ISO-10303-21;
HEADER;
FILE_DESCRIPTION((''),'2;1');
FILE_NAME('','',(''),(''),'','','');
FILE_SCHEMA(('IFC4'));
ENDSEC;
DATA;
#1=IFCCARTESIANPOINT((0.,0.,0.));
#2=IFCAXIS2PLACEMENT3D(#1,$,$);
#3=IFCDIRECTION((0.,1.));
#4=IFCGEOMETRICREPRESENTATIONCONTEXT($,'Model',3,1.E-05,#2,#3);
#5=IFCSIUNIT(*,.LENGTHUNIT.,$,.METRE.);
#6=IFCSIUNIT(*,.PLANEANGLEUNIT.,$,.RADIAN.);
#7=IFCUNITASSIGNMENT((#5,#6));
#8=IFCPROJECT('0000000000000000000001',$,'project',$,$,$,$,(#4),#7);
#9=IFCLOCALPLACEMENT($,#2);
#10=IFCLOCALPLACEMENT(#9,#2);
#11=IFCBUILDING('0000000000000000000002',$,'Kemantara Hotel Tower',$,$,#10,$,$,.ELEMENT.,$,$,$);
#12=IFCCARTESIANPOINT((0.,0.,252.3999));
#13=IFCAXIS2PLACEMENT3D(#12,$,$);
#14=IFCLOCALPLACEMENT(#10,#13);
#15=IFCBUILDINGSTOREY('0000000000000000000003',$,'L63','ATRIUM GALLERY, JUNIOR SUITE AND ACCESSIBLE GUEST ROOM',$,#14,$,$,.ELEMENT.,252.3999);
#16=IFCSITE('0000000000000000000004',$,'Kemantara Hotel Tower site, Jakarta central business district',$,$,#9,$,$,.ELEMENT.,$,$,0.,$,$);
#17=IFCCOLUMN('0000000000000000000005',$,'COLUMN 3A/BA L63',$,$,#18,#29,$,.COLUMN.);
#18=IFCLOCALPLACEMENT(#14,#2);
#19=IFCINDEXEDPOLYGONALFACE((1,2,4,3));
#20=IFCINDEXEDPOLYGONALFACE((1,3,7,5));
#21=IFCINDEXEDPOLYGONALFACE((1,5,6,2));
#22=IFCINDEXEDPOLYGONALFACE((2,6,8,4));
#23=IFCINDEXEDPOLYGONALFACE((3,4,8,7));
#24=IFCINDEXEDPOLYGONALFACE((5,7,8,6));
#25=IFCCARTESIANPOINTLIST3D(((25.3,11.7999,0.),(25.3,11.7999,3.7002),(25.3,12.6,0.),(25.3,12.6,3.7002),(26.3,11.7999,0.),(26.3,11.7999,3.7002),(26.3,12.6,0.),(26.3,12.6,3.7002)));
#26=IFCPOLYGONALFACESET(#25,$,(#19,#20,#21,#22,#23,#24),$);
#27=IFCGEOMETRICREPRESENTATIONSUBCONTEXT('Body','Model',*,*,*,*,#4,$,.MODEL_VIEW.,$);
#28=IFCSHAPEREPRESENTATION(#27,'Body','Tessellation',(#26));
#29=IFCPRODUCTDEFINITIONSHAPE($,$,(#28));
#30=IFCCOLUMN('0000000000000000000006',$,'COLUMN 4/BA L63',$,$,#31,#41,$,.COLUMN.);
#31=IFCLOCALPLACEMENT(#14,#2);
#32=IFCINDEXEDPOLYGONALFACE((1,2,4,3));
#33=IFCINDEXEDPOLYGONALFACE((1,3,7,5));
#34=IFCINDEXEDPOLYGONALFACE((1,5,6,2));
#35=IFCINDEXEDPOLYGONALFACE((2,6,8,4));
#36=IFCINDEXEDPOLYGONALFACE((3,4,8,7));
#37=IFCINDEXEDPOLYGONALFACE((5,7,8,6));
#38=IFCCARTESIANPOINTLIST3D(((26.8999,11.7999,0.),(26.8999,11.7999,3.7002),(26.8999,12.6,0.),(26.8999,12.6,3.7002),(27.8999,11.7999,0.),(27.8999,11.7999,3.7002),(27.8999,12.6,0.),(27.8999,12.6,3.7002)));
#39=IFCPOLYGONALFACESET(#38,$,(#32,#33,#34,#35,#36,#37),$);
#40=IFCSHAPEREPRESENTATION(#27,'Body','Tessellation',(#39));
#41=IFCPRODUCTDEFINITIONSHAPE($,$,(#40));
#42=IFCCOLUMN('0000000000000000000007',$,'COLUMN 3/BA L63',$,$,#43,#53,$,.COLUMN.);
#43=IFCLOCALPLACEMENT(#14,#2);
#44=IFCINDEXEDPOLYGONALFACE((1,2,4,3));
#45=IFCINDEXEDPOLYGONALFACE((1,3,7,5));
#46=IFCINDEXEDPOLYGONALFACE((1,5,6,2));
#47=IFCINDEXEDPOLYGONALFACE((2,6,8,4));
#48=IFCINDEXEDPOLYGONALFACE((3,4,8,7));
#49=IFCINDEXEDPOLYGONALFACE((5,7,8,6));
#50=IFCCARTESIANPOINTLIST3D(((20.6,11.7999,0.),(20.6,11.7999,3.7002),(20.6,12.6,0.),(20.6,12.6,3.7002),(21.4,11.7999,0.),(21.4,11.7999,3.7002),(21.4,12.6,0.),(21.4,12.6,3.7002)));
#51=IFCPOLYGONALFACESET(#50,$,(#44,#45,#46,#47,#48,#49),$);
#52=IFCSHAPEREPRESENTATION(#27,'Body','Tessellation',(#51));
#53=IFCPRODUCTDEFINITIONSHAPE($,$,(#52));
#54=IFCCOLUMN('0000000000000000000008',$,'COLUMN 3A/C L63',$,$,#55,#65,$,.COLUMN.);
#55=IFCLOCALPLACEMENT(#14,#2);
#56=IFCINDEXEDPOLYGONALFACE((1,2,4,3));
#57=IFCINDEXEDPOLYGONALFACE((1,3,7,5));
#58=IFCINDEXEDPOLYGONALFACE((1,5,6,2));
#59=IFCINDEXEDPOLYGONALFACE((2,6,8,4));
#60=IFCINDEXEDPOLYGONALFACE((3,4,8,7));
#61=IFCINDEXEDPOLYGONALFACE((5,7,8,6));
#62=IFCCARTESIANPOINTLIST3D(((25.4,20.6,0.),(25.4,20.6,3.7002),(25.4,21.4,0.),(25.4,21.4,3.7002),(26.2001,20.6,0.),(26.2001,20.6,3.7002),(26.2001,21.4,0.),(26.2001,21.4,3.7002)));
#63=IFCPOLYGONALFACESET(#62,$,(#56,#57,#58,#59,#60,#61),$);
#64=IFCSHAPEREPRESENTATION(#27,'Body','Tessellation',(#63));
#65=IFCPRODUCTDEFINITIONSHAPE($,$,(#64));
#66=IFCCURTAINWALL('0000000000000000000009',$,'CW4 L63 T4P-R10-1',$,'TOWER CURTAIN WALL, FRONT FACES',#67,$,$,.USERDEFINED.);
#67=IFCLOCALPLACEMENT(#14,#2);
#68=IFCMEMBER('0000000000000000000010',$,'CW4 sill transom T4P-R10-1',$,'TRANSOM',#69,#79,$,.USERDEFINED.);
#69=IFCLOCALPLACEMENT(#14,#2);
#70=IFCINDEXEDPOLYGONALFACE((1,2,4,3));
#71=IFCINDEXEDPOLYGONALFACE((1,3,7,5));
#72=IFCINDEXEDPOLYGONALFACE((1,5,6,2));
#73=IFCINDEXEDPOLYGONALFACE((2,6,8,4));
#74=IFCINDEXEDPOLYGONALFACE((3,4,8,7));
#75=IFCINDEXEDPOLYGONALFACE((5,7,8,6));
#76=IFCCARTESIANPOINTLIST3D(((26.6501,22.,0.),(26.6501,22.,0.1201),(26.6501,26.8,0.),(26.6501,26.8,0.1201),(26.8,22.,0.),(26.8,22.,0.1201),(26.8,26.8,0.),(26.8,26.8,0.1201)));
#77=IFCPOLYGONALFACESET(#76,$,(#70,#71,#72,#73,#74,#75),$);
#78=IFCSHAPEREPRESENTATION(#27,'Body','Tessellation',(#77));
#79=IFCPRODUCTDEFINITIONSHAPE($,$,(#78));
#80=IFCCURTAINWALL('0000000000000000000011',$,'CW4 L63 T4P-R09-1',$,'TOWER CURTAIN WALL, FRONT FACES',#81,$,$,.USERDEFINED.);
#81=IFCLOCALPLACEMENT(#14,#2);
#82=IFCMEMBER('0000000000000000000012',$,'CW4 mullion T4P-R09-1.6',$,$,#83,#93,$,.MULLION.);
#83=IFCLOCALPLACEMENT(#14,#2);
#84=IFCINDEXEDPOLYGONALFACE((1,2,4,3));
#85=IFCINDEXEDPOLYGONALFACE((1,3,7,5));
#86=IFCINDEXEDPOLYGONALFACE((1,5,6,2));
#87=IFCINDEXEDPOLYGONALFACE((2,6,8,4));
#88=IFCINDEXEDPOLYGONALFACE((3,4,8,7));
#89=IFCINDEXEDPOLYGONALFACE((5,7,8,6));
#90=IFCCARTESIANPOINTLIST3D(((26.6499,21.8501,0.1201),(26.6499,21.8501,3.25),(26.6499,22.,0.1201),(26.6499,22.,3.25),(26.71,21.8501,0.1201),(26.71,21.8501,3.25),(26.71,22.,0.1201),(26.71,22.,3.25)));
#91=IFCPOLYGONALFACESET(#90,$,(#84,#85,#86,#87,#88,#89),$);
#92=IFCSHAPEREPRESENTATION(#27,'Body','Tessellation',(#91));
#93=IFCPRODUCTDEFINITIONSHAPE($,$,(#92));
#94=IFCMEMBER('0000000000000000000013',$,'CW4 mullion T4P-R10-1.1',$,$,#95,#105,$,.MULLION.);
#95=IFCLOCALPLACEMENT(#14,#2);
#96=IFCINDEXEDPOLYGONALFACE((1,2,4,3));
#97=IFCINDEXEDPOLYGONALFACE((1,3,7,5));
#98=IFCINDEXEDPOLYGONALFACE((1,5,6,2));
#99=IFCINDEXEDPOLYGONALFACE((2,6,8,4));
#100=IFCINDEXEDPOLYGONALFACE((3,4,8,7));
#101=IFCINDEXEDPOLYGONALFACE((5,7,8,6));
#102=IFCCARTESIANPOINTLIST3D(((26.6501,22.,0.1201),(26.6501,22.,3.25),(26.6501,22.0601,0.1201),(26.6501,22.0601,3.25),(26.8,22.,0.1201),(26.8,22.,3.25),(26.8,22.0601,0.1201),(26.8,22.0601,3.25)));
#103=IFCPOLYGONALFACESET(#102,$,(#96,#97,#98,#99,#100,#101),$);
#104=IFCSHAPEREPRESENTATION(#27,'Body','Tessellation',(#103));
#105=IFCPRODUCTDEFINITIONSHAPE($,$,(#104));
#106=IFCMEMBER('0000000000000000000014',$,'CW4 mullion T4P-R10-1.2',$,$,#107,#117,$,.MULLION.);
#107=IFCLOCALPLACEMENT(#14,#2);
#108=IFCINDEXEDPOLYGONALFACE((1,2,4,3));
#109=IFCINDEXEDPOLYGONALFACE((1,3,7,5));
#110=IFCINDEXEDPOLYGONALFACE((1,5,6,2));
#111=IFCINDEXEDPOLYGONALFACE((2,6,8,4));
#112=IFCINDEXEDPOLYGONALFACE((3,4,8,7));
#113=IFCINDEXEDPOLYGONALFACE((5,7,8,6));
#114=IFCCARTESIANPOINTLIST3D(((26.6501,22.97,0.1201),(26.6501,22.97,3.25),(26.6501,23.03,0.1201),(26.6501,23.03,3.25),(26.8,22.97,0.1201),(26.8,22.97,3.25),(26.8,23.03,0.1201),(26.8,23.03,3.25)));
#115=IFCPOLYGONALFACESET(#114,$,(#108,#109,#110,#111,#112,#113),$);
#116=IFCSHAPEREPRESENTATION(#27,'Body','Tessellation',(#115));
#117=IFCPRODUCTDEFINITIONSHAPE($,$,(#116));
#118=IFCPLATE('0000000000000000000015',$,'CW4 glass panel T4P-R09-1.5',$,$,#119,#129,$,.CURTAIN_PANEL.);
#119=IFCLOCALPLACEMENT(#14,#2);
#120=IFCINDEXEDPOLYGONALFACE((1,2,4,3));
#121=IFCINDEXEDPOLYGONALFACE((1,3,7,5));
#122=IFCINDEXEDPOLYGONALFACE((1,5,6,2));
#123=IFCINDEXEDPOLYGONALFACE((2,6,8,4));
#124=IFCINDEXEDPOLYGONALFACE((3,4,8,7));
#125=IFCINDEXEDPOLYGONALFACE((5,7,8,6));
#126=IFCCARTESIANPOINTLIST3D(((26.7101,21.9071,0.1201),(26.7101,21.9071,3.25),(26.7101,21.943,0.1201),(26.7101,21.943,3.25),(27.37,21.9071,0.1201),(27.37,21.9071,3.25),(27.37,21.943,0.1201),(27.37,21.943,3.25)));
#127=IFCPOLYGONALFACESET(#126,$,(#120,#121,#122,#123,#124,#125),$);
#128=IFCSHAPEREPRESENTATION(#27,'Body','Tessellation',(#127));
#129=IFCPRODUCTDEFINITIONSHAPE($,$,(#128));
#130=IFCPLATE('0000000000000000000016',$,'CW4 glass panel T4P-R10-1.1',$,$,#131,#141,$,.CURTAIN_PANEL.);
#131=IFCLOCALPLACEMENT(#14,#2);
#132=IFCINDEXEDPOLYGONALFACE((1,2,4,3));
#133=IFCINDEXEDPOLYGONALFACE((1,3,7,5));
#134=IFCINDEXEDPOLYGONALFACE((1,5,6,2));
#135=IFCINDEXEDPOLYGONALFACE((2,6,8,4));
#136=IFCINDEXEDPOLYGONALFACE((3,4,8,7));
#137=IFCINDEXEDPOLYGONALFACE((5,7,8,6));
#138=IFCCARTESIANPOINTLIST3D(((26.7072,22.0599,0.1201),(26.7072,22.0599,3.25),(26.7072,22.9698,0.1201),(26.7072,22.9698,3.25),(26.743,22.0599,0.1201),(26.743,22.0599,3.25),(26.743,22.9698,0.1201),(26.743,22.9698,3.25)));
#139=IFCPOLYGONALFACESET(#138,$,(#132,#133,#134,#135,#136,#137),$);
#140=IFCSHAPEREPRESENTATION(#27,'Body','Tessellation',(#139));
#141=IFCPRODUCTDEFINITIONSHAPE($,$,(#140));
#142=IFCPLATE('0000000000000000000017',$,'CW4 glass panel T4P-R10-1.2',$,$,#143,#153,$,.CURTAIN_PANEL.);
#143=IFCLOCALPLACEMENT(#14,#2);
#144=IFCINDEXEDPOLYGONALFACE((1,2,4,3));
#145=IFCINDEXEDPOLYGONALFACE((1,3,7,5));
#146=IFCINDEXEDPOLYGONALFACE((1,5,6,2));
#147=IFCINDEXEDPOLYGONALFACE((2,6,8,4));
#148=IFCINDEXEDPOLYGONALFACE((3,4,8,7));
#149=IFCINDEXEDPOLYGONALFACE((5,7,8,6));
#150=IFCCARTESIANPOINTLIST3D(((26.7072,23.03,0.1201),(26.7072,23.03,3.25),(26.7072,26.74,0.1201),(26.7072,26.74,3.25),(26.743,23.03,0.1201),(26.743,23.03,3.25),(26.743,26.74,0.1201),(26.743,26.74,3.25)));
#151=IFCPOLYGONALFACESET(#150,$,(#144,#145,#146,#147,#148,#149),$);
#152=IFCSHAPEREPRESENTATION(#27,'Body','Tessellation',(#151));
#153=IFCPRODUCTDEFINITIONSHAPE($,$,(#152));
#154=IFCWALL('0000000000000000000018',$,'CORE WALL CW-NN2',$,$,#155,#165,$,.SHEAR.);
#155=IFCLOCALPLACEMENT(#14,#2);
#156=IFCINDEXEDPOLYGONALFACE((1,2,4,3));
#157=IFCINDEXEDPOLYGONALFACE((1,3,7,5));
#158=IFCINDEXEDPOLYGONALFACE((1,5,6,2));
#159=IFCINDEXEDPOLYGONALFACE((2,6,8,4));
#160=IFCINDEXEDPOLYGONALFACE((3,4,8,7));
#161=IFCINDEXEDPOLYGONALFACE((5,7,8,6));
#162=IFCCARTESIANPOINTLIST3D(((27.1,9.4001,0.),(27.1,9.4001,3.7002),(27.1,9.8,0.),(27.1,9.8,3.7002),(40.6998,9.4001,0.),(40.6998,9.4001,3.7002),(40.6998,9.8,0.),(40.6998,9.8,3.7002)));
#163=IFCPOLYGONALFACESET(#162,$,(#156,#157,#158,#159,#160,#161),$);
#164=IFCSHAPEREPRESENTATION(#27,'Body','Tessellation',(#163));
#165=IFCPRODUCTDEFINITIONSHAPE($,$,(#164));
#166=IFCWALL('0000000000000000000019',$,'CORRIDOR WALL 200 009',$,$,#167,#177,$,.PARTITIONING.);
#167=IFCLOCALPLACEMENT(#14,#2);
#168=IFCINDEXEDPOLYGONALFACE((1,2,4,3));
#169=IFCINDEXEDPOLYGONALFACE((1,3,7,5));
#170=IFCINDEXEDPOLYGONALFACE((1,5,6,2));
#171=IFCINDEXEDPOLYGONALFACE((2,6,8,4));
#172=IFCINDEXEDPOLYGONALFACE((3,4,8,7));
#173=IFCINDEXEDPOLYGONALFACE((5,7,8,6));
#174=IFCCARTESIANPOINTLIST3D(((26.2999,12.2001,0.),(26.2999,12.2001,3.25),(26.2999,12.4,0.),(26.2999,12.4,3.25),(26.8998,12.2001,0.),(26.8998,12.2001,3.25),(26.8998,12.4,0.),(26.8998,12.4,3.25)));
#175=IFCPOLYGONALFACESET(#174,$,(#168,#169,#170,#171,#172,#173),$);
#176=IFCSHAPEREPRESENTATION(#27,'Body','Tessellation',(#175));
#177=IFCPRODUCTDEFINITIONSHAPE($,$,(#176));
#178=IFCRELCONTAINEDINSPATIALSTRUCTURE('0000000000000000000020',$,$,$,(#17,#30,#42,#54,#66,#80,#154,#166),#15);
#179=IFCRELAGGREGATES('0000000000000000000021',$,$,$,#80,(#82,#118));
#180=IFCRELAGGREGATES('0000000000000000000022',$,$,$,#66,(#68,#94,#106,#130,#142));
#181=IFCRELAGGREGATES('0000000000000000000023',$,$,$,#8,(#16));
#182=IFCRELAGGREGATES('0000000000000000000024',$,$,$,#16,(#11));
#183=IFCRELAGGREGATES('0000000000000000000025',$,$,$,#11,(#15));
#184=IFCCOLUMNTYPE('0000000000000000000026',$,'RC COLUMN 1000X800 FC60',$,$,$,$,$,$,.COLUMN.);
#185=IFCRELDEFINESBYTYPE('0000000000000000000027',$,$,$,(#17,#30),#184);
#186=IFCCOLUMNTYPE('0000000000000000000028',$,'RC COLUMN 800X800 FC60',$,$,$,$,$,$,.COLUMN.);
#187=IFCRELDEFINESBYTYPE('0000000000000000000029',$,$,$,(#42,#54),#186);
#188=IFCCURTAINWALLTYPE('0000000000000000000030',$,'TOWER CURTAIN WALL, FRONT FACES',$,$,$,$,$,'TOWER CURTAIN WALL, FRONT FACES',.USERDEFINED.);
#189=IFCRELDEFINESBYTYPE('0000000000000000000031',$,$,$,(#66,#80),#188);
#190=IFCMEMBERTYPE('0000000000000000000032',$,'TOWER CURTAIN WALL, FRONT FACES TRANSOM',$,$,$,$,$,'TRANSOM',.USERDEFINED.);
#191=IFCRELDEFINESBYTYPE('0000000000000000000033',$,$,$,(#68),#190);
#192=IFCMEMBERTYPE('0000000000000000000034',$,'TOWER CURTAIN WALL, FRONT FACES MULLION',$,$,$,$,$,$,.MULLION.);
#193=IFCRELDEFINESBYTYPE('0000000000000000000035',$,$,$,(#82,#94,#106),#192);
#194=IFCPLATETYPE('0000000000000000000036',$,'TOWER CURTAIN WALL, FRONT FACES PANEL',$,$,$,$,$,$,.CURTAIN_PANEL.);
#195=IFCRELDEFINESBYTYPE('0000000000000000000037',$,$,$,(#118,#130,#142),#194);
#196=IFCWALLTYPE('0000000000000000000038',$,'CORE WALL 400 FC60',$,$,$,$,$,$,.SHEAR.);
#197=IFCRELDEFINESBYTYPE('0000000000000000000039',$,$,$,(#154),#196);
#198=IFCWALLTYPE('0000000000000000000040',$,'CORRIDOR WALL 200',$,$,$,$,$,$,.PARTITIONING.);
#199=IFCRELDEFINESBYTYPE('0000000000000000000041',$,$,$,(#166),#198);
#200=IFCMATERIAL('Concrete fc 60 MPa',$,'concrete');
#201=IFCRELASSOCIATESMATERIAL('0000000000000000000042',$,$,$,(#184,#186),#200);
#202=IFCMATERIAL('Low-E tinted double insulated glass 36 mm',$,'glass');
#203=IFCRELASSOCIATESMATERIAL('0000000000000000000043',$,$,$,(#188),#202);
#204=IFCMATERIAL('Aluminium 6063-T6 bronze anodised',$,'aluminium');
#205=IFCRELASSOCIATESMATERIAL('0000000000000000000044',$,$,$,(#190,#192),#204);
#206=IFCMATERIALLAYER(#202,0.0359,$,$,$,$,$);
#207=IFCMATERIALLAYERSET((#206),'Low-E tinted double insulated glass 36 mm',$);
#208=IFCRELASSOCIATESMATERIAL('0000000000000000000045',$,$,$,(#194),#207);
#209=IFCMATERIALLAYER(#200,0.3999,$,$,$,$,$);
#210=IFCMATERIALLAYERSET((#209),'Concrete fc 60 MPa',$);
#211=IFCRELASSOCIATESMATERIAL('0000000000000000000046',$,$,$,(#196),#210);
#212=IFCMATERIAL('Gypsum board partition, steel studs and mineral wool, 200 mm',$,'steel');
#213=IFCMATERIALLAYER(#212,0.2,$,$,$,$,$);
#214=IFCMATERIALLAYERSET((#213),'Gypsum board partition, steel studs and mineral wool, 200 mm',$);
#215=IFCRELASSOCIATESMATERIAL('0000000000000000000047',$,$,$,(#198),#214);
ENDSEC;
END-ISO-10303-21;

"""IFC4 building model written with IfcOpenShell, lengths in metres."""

from ifc_helpers import new_model, si_unit, direction, frame, frame_2d, origin, origin_2d, place, context, subcontext, project, spatial, rectangle, extrude, source, transform, mapped, material, layer, layer_set, material_profile, profile_set, type_object, element, aggregate, save


model = new_model("IFC4")

# Units and contexts
model_context = context("Model", 3, precision=1e-05, world=origin(), true_north=direction((0.0, 1.0)))
body_context = subcontext(model_context, "Body", "Model", "MODEL_VIEW")
ifc_project = project(units=[si_unit("LENGTHUNIT", "METRE"), si_unit("PLANEANGLEUNIT", "RADIAN")], contexts=[model_context])

# Site, building, storey
site_placement = place(None, origin())
site = spatial("IfcSite", under=ifc_project, at=site_placement, Name="Kemantara Hotel Tower site, Jakarta central business district", CompositionType="ELEMENT", RefElevation=0.0)
building_placement = place(site_placement, origin())
building = spatial("IfcBuilding", under=site, at=building_placement, Name="Kemantara Hotel Tower", CompositionType="ELEMENT")
storey_placement = place(building_placement, frame((0.0, 0.0, 252.3999)))
storey = spatial("IfcBuildingStorey", under=building, at=storey_placement, Name="L63", Description="ATRIUM GALLERY, JUNIOR SUITE AND ACCESSIBLE GUEST ROOM", CompositionType="ELEMENT", Elevation=252.3999)

# Columns
ifc_material_1 = material(Name="Concrete fc 60 MPa", Category="concrete")
ifc_material_profile_1 = material_profile(ifc_material_1, rectangle(XDim=1.0, YDim=0.8, at=origin_2d()), Name="RC 1000X800")
ifc_profile_set_1 = profile_set([ifc_material_profile_1], Name="Concrete fc 60 MPa")
column_type_1 = type_object("IfcColumnType", Name="RC COLUMN 1000X800 FC60", PredefinedType="COLUMN", material=ifc_profile_set_1)
for number, where, z_axis, x_axis, name in (
    (1, (25.8, 12.2, 0.0), (0.0, 0.0, 1.0), (1.0, 0.0, 0.0), "COLUMN 3A/BA L63"),
    (2, (27.3999, 12.2, 0.0), (0.0, 0.0, 1.0), (1.0, 0.0, 0.0), "COLUMN 4/BA L63"),
):
    element("IfcColumn", number, at=place(storey_placement, frame(where, z_axis=z_axis, x_axis=x_axis)), inside=storey, type_object=column_type_1, Name=name, PredefinedType="COLUMN", context=body_context, shape_type="SweptSolid", body=[
        extrude(rectangle(XDim=1.0, YDim=0.8, at=origin_2d()), origin(), (0.0, 0.0, 1.0), 3.7002),
    ])
ifc_material_profile_2 = material_profile(ifc_material_1, rectangle(XDim=0.8, YDim=0.8, at=origin_2d()), Name="RC 800X800")
ifc_profile_set_2 = profile_set([ifc_material_profile_2], Name="Concrete fc 60 MPa")
column_type_2 = type_object("IfcColumnType", Name="RC COLUMN 800X800 FC60", PredefinedType="COLUMN", material=ifc_profile_set_2)
for number, where, z_axis, x_axis, name in (
    (3, (21.0, 12.2, 0.0), (0.0, 0.0, 1.0), (1.0, 0.0, 0.0), "COLUMN 3/BA L63"),
    (4, (25.8, 21.0, 0.0), (0.0, 0.0, 1.0), (1.0, 0.0, 0.0), "COLUMN 3A/C L63"),
):
    element("IfcColumn", number, at=place(storey_placement, frame(where, z_axis=z_axis, x_axis=x_axis)), inside=storey, type_object=column_type_2, Name=name, PredefinedType="COLUMN", context=body_context, shape_type="SweptSolid", body=[
        extrude(rectangle(XDim=0.8, YDim=0.8, at=origin_2d()), origin(), (0.0, 0.0, 1.0), 3.7002),
    ])

# Curtain walls, members
ifc_material_2 = material(Name="Low-E tinted double insulated glass 36 mm", Category="glass")
curtain_wall_type = type_object("IfcCurtainWallType", Name="TOWER CURTAIN WALL, FRONT FACES", ElementType="TOWER CURTAIN WALL, FRONT FACES", PredefinedType="USERDEFINED", material=ifc_material_2)
curtain_wall_1_placement = place(storey_placement, origin())
curtain_wall_1 = element("IfcCurtainWall", 5, at=curtain_wall_1_placement, inside=storey, type_object=curtain_wall_type, Name="CW4 L63 T4P-R10-1", ObjectType="TOWER CURTAIN WALL, FRONT FACES", PredefinedType="USERDEFINED")
ifc_material_3 = material(Name="Aluminium 6063-T6 bronze anodised", Category="aluminium")
ifc_material_profile_3 = material_profile(ifc_material_3, rectangle(XDim=0.1499, YDim=0.1201, at=origin_2d()), Name="TOWER CURTAIN WALL, FRONT FACES TRANSOM")
ifc_profile_set_3 = profile_set([ifc_material_profile_3], Name="Aluminium 6063-T6 bronze anodised")
member_type_1 = type_object("IfcMemberType", Name="TOWER CURTAIN WALL, FRONT FACES TRANSOM", ElementType="TRANSOM", PredefinedType="USERDEFINED", material=ifc_profile_set_3)
member_1_placement = place(storey_placement, frame((26.7251, 22.0, 0.0601), z_axis=(0.0, 1.0, 0.0), x_axis=(-1.0, 0.0, 0.0)))
member_1 = element("IfcMember", 6, at=member_1_placement, type_object=member_type_1, Name="CW4 sill transom T4P-R10-1", ObjectType="TRANSOM", PredefinedType="USERDEFINED", context=body_context, shape_type="SweptSolid", body=[
    extrude(rectangle(XDim=0.1499, YDim=0.1201, at=origin_2d()), origin(), (0.0, 0.0, 1.0), 4.8),
])
curtain_wall_2_placement = place(storey_placement, origin())
curtain_wall_2 = element("IfcCurtainWall", 7, at=curtain_wall_2_placement, inside=storey, type_object=curtain_wall_type, Name="CW4 L63 T4P-R09-1", ObjectType="TOWER CURTAIN WALL, FRONT FACES", PredefinedType="USERDEFINED")
ifc_material_profile_4 = material_profile(ifc_material_3, rectangle(XDim=0.1499, YDim=0.0601, at=origin_2d()), Name="TOWER CURTAIN WALL, FRONT FACES MULLION")
ifc_profile_set_4 = profile_set([ifc_material_profile_4], Name="Aluminium 6063-T6 bronze anodised")
member_type_2 = type_object("IfcMemberType", Name="TOWER CURTAIN WALL, FRONT FACES MULLION", PredefinedType="MULLION", material=ifc_profile_set_4)
shared_shape_1 = source(origin(), body_context, "Body", "SweptSolid", [
    extrude(rectangle(XDim=0.1499, YDim=0.0601, at=origin_2d()), origin(), (0.0, 0.0, 1.0), 3.1299),
])
member_2_placement = place(storey_placement, frame((26.6799, 21.925, 0.1201), z_axis=(0.0, 0.0, 1.0), x_axis=(0.0, -1.0, 0.0)))
member_2 = element("IfcMember", 8, at=member_2_placement, type_object=member_type_2, Name="CW4 mullion T4P-R09-1.6", PredefinedType="MULLION", context=body_context, shape_type="MappedRepresentation", body=[
    mapped(shared_shape_1, transform((0.0, 0.0, 0.0))),
])

# Members
member_3_placement = place(storey_placement, frame((26.7251, 22.03, 0.1201), z_axis=(0.0, 0.0, 1.0), x_axis=(-1.0, 0.0, 0.0)))
member_3 = element("IfcMember", 9, at=member_3_placement, type_object=member_type_2, Name="CW4 mullion T4P-R10-1.1", PredefinedType="MULLION", context=body_context, shape_type="MappedRepresentation", body=[
    mapped(shared_shape_1, transform((0.0, 0.0, 0.0))),
])
member_4_placement = place(storey_placement, frame((26.7251, 23.0, 0.1201), z_axis=(0.0, 0.0, 1.0), x_axis=(-1.0, 0.0, 0.0)))
member_4 = element("IfcMember", 10, at=member_4_placement, type_object=member_type_2, Name="CW4 mullion T4P-R10-1.2", PredefinedType="MULLION", context=body_context, shape_type="MappedRepresentation", body=[
    mapped(shared_shape_1, transform((0.0, 0.0, 0.0))),
])

# Plates
ifc_layer_1 = layer(ifc_material_2, 0.0359)
ifc_layer_set_1 = layer_set([ifc_layer_1], Name="Low-E tinted double insulated glass 36 mm")
plate_type = type_object("IfcPlateType", Name="TOWER CURTAIN WALL, FRONT FACES PANEL", PredefinedType="CURTAIN_PANEL", material=ifc_layer_set_1)
shared_shape_2 = source(origin(), body_context, "Body", "SweptSolid", [
    extrude(rectangle(XDim=0.6599, YDim=0.0359, at=origin_2d()), origin(), (0.0, 0.0, 1.0), 3.1299),
])
plate_1_placement = place(storey_placement, frame((27.04, 21.925, 0.1201), z_axis=(0.0, 0.0, 1.0), x_axis=(-1.0, 0.0, 0.0)))
plate_1 = element("IfcPlate", 11, at=plate_1_placement, type_object=plate_type, Name="CW4 glass panel T4P-R09-1.5", PredefinedType="CURTAIN_PANEL", context=body_context, shape_type="MappedRepresentation", body=[
    mapped(shared_shape_2, transform((0.0, 0.0, 0.0))),
])
aggregate(curtain_wall_2, [member_2, plate_1])
shared_shape_3 = source(origin(), body_context, "Body", "SweptSolid", [
    extrude(rectangle(XDim=0.9099, YDim=0.0359, at=origin_2d()), origin(), (0.0, 0.0, 1.0), 3.1299),
])
plate_2_placement = place(storey_placement, frame((26.7251, 22.5149, 0.1201), z_axis=(0.0, 0.0, 1.0), x_axis=(0.0, 1.0, 0.0)))
plate_2 = element("IfcPlate", 12, at=plate_2_placement, type_object=plate_type, Name="CW4 glass panel T4P-R10-1.1", PredefinedType="CURTAIN_PANEL", context=body_context, shape_type="MappedRepresentation", body=[
    mapped(shared_shape_3, transform((0.0, 0.0, 0.0))),
])
shared_shape_4 = source(origin(), body_context, "Body", "SweptSolid", [
    extrude(rectangle(XDim=3.71, YDim=0.0359, at=origin_2d()), origin(), (0.0, 0.0, 1.0), 3.1299),
])
plate_3_placement = place(storey_placement, frame((26.7251, 24.885, 0.1201), z_axis=(0.0, 0.0, 1.0), x_axis=(0.0, 1.0, 0.0)))
plate_3 = element("IfcPlate", 13, at=plate_3_placement, type_object=plate_type, Name="CW4 glass panel T4P-R10-1.2", PredefinedType="CURTAIN_PANEL", context=body_context, shape_type="MappedRepresentation", body=[
    mapped(shared_shape_4, transform((0.0, 0.0, 0.0))),
])
aggregate(curtain_wall_1, [member_1, member_3, member_4, plate_2, plate_3])

# Walls
ifc_layer_2 = layer(ifc_material_1, 0.3999)
ifc_layer_set_2 = layer_set([ifc_layer_2], Name="Concrete fc 60 MPa")
wall_type_1 = type_object("IfcWallType", Name="CORE WALL 400 FC60", PredefinedType="SHEAR", material=ifc_layer_set_2)
wall_1_placement = place(storey_placement, frame((27.1001, 9.6001, 0.0), z_axis=(0.0, 0.0, 1.0), x_axis=(1.0, 0.0, 0.0)))
element("IfcWall", 14, at=wall_1_placement, inside=storey, type_object=wall_type_1, Name="CORE WALL CW-NN2", PredefinedType="SHEAR", context=body_context, shape_type="SweptSolid", body=[
    extrude(rectangle(XDim=13.5999, YDim=0.3999, at=frame_2d((6.7998, 0.0))), origin(), (0.0, 0.0, 1.0), 3.7002),
])
ifc_material_4 = material(Name="Gypsum board partition, steel studs and mineral wool, 200 mm", Category="steel")
ifc_layer_3 = layer(ifc_material_4, 0.2)
ifc_layer_set_3 = layer_set([ifc_layer_3], Name="Gypsum board partition, steel studs and mineral wool, 200 mm")
wall_type_2 = type_object("IfcWallType", Name="CORRIDOR WALL 200", PredefinedType="PARTITIONING", material=ifc_layer_set_3)
wall_2_placement = place(storey_placement, frame((26.3, 12.3, 0.0), z_axis=(0.0, 0.0, 1.0), x_axis=(1.0, 0.0, 0.0)))
element("IfcWall", 15, at=wall_2_placement, inside=storey, type_object=wall_type_2, Name="CORRIDOR WALL 200 009", PredefinedType="PARTITIONING", context=body_context, shape_type="SweptSolid", body=[
    extrude(rectangle(XDim=0.5999, YDim=0.2, at=frame_2d((0.2998, 0.0))), origin(), (0.0, 0.0, 1.0), 3.25),
])

save(model, "model.ifc")
